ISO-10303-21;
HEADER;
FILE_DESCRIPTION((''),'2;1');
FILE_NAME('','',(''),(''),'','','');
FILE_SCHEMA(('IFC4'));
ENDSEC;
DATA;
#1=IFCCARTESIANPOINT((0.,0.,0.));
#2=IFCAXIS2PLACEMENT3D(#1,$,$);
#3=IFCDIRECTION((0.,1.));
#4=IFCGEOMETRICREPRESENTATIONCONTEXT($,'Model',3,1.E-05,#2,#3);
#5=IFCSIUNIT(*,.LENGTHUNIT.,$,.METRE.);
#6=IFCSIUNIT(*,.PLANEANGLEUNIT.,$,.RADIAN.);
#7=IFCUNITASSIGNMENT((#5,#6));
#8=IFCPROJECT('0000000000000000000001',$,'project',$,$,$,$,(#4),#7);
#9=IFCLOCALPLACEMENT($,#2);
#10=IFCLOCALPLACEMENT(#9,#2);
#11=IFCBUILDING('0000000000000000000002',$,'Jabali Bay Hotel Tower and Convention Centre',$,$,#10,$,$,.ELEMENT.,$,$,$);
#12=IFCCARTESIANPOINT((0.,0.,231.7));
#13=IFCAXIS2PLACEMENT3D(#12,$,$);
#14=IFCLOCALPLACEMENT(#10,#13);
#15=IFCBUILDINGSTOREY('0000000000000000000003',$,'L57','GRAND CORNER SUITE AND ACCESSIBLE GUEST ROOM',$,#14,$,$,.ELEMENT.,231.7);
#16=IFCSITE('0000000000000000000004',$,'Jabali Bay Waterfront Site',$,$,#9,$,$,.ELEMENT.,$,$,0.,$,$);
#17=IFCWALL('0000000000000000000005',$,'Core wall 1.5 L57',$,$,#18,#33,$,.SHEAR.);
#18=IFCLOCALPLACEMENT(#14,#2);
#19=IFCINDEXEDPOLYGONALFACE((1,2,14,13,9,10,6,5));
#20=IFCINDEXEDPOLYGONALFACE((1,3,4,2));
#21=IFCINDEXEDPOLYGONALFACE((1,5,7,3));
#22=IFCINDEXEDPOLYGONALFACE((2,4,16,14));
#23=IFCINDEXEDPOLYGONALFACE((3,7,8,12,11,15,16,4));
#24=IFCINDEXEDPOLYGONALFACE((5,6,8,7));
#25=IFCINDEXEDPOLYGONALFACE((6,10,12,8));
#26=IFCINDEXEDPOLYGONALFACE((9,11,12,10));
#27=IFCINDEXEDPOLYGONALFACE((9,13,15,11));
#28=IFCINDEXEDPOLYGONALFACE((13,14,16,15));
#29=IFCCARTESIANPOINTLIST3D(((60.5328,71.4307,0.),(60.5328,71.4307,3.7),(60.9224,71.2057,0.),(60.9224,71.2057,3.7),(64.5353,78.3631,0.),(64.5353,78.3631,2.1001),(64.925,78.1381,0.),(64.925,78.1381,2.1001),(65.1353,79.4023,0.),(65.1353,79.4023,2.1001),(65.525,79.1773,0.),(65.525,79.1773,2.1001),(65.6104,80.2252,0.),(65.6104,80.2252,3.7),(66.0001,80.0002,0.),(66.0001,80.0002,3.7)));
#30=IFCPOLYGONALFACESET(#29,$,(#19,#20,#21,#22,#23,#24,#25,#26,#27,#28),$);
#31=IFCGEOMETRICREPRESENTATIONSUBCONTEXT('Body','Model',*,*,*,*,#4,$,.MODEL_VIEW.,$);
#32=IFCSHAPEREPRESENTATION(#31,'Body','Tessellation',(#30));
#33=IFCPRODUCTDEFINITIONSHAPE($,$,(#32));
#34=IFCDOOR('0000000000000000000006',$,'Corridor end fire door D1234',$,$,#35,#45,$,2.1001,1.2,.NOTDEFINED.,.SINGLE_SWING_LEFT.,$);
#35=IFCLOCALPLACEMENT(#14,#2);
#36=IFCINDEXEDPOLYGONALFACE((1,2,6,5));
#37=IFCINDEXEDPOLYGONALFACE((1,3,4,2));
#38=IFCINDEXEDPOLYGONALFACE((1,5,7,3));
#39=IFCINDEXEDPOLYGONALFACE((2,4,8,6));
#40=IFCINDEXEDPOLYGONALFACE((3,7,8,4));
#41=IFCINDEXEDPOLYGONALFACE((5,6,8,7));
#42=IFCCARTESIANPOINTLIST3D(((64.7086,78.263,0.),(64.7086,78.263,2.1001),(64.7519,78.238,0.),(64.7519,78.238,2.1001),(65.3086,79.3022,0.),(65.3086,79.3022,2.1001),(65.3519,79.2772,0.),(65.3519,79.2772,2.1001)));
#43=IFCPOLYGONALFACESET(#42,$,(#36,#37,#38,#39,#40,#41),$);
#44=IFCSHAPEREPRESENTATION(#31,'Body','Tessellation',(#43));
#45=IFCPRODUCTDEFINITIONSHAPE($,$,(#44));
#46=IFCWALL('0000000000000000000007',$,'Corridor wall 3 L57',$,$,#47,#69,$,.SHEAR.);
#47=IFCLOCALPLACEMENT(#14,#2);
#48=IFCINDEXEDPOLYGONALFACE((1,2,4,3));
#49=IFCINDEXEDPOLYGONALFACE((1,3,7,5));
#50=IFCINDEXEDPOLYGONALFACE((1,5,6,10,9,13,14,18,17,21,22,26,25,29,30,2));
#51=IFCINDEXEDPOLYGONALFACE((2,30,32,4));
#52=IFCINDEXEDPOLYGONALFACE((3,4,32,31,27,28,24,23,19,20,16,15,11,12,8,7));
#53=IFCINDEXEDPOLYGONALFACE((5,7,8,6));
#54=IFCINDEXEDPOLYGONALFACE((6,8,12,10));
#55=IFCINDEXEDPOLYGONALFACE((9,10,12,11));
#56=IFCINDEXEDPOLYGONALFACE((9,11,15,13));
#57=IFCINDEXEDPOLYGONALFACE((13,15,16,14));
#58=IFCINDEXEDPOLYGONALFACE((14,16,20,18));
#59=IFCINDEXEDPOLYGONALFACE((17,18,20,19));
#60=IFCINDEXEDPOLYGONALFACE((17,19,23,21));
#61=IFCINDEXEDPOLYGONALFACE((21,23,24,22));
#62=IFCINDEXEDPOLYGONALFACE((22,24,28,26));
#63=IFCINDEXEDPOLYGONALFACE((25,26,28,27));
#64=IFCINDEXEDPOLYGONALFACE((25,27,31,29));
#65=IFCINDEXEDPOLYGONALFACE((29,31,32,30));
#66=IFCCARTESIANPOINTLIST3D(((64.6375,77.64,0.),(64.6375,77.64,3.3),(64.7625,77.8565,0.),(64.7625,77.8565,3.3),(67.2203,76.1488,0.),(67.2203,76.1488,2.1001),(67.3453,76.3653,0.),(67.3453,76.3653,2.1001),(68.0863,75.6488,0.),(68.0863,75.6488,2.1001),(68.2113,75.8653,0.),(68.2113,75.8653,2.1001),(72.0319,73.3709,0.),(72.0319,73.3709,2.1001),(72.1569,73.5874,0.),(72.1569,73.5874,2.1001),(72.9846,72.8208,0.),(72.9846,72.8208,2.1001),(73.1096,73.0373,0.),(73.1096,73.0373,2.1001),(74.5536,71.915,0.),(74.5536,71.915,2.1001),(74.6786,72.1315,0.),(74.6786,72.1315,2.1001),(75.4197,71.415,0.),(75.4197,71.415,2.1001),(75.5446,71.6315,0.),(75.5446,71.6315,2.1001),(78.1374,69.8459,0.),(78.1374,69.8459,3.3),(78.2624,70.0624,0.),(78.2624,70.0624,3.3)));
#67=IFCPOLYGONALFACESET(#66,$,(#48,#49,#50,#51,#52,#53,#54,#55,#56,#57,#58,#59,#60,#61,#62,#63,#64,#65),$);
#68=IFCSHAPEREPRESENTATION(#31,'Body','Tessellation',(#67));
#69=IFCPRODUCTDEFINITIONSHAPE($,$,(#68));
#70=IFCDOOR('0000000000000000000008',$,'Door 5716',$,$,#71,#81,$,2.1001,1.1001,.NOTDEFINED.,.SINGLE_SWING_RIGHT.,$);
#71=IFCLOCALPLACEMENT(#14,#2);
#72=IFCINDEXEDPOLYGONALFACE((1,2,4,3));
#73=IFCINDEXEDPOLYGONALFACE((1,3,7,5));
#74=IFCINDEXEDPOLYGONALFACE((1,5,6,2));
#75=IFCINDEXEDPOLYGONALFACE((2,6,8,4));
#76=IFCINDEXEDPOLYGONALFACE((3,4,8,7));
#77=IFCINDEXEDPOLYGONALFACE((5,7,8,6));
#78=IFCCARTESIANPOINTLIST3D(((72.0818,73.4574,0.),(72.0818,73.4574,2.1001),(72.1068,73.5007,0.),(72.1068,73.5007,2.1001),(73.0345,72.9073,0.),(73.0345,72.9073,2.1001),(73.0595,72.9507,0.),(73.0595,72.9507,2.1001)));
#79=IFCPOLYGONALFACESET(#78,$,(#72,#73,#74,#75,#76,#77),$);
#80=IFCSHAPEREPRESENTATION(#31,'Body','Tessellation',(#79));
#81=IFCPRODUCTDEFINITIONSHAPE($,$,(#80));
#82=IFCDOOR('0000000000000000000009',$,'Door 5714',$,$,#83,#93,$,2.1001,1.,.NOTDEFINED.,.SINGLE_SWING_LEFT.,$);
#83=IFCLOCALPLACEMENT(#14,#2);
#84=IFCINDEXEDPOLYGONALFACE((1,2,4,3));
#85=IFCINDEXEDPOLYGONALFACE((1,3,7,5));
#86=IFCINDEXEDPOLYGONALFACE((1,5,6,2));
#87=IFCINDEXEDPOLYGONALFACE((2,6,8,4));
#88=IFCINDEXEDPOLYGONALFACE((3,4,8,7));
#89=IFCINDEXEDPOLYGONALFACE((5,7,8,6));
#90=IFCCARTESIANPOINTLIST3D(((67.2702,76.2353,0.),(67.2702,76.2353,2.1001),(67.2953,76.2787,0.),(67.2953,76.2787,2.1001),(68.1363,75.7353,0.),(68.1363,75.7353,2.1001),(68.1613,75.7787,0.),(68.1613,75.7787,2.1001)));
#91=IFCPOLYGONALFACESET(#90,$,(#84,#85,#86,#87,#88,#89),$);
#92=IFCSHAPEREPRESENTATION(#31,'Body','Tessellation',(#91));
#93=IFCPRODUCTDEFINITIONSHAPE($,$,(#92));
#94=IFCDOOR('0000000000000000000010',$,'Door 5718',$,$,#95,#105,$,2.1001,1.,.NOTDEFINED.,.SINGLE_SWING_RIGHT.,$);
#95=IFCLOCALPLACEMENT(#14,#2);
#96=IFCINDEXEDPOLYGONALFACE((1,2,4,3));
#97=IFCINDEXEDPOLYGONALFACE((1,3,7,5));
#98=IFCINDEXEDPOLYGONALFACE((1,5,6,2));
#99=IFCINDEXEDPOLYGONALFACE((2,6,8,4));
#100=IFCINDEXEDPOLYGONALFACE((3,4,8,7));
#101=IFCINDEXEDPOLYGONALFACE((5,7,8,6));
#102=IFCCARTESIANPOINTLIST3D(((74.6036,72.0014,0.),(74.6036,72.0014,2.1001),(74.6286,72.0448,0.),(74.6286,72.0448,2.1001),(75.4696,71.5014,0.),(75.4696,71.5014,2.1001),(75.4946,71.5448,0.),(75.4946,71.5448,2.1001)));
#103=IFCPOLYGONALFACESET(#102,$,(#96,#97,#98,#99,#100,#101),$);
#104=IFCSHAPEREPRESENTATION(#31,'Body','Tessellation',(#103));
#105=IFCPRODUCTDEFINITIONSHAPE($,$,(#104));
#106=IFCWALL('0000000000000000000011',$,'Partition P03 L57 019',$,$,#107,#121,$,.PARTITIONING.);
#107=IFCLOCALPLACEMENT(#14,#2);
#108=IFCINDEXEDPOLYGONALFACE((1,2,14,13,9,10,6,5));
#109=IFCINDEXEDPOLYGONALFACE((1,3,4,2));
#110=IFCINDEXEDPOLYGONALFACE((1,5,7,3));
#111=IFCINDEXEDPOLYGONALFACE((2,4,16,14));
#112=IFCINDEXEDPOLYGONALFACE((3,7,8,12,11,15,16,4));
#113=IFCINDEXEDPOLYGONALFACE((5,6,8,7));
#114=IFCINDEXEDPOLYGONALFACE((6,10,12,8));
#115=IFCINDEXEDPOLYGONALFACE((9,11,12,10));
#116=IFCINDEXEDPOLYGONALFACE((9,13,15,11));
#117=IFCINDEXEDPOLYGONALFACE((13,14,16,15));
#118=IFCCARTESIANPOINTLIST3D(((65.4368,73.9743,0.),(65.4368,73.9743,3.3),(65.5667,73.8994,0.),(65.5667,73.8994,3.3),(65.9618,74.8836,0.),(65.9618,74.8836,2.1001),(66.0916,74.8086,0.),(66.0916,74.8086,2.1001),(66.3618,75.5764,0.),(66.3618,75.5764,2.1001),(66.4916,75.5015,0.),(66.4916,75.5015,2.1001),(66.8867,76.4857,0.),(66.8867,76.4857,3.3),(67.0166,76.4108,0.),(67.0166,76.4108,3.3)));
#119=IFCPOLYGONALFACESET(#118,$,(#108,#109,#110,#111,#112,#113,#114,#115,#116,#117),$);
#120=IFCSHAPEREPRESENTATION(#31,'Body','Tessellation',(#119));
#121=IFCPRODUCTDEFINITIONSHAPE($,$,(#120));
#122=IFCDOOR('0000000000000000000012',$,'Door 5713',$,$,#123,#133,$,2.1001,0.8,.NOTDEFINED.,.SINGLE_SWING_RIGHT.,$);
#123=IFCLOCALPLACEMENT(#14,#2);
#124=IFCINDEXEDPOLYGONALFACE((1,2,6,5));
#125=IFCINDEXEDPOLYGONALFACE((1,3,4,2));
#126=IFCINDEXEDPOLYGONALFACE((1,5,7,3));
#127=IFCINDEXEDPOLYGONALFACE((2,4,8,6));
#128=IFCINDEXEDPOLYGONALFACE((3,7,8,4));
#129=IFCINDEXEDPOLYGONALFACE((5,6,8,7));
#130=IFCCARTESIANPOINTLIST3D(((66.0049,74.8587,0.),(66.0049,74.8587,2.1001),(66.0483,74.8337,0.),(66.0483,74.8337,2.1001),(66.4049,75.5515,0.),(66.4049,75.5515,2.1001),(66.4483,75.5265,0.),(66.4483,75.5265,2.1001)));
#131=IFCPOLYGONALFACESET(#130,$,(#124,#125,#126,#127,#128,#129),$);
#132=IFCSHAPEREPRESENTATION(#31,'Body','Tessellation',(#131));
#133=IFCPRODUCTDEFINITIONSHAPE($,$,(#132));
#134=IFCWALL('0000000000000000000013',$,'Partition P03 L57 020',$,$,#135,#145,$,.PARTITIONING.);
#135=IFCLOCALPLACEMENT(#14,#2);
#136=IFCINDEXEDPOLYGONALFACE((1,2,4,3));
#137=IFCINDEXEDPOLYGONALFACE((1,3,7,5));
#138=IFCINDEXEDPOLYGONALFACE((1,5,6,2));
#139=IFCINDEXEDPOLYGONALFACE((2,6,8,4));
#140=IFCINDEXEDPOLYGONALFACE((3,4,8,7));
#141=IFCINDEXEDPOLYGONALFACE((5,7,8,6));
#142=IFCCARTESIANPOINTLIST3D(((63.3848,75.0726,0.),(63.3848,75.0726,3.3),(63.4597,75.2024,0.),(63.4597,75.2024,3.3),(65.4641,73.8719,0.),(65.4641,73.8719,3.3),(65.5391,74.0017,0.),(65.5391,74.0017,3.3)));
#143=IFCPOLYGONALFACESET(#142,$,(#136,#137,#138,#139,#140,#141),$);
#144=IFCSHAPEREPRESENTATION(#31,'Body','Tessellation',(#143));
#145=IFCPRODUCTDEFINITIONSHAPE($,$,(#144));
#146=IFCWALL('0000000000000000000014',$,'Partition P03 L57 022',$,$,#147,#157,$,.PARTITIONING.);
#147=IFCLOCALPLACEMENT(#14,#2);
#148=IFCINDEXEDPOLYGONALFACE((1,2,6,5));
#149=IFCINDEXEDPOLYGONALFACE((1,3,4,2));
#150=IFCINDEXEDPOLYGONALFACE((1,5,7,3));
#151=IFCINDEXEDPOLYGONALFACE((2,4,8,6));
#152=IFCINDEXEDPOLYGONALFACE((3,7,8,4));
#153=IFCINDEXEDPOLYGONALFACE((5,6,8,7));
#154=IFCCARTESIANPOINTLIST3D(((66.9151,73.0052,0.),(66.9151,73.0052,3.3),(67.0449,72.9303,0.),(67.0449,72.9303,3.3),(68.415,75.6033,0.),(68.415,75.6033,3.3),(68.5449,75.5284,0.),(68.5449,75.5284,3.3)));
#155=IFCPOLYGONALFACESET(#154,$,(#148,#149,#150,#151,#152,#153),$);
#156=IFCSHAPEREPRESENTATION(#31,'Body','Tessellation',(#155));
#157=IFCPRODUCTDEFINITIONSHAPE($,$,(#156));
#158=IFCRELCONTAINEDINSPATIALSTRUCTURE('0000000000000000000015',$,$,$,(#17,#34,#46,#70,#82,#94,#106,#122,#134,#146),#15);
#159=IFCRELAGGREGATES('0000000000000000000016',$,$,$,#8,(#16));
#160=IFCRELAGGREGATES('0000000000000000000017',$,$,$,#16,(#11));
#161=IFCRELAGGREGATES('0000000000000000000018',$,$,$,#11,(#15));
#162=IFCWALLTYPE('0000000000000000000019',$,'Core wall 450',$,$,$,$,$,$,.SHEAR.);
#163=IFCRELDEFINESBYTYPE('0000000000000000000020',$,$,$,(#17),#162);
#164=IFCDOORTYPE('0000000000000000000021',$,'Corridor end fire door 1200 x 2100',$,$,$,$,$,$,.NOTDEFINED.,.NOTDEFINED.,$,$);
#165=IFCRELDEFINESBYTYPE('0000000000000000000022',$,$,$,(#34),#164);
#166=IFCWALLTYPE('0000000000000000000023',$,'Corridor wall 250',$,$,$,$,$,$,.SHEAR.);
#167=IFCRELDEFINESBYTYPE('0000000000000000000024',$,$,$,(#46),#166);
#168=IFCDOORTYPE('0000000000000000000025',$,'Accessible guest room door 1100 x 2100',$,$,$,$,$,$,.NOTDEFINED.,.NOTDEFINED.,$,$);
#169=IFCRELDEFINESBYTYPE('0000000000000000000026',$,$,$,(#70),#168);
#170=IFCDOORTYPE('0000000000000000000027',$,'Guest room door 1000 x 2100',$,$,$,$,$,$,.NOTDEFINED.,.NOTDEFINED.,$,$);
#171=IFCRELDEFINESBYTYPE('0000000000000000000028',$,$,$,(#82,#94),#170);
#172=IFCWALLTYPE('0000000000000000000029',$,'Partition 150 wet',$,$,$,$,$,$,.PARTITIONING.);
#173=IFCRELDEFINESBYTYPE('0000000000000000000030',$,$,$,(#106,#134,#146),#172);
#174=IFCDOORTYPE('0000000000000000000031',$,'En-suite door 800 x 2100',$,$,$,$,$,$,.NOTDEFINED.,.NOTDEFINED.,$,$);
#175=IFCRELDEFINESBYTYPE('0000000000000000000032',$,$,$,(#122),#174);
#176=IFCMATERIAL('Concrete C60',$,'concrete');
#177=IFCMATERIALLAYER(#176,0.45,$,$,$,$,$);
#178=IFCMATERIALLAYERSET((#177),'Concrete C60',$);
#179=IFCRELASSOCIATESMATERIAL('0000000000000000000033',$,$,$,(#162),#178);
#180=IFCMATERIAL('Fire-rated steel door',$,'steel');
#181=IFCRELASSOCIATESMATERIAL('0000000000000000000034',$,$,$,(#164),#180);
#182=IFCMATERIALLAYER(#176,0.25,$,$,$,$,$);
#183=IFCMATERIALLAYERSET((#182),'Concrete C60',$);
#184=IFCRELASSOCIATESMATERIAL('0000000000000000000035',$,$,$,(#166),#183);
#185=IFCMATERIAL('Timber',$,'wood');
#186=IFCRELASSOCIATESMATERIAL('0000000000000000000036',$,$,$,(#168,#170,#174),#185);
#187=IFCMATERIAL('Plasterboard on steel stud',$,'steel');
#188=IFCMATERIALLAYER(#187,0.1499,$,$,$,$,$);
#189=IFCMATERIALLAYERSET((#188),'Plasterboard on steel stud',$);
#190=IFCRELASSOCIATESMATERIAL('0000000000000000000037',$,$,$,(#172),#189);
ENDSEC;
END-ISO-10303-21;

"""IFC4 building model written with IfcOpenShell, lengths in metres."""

from ifc_helpers import new_model, si_unit, direction, frame, frame_2d, origin, place, context, subcontext, project, spatial, rectangle, extrude, material, layer, layer_set, type_object, element, fill, save


model = new_model("IFC4")

# Units and contexts
model_context = context("Model", 3, precision=1e-05, world=origin(), true_north=direction((0.0, 1.0)))
body_context = subcontext(model_context, "Body", "Model", "MODEL_VIEW")
ifc_project = project(units=[si_unit("LENGTHUNIT", "METRE"), si_unit("PLANEANGLEUNIT", "RADIAN")], contexts=[model_context])

# Site, building, storey
site_placement = place(None, origin())
site = spatial("IfcSite", under=ifc_project, at=site_placement, Name="Jabali Bay Waterfront Site", CompositionType="ELEMENT", RefElevation=0.0)
building_placement = place(site_placement, origin())
building = spatial("IfcBuilding", under=site, at=building_placement, Name="Jabali Bay Hotel Tower and Convention Centre", CompositionType="ELEMENT")
storey_placement = place(building_placement, frame((0.0, 0.0, 231.7)))
storey = spatial("IfcBuildingStorey", under=building, at=storey_placement, Name="L57", Description="GRAND CORNER SUITE AND ACCESSIBLE GUEST ROOM", CompositionType="ELEMENT", Elevation=231.7)

# Shared definitions
ifc_material_1 = material(Name="Concrete C60", Category="concrete")

# Shared definitions
ifc_material_2 = material(Name="Fire-rated steel door", Category="steel")

# Wall, opening, door
ifc_layer_1 = layer(ifc_material_1, 0.45)
ifc_layer_set_1 = layer_set([ifc_layer_1], Name="Concrete C60")
wall_type_1 = type_object("IfcWallType", Name="Core wall 450", PredefinedType="SHEAR", material=ifc_layer_set_1)
wall_1_placement = place(storey_placement, frame((60.7275, 71.3181, 0.0), z_axis=(0.0, 0.0, 1.0), x_axis=(0.500012, 0.866018, 0.0)))
wall_1 = element("IfcWall", 1, at=wall_1_placement, inside=storey, type_object=wall_type_1, Name="Core wall 1.5 L57", PredefinedType="SHEAR", context=body_context, shape_type="SweptSolid", body=[
    extrude(rectangle(XDim=10.155, YDim=0.45, at=frame_2d((5.0776, 0.0))), origin(), (0.0, 0.0, 1.0), 3.7),
])
opening_1_placement = place(wall_1_placement, frame((8.0049, 0.0, 0.0)))
opening_1 = element("IfcOpeningElement", 2, at=opening_1_placement, cuts=wall_1, PredefinedType="OPENING", context=body_context, shape_type="SweptSolid", body=[
    extrude(rectangle(XDim=1.2, YDim=2.1001, at=frame_2d((0.6001, 1.05))), frame((0.0, 0.2354, 0.0), z_axis=(0.0, -1.0, 0.0), x_axis=(1.0, 0.0, 0.0)), (0.0, 0.0, 1.0), 0.4709),
])
door_type_1 = type_object("IfcDoorType", Name="Corridor end fire door 1200 x 2100", OperationType="NOTDEFINED", PredefinedType="NOTDEFINED", material=ifc_material_2)
door_1_placement = place(opening_1_placement, origin())
door_1 = element("IfcDoor", 3, at=door_1_placement, inside=storey, type_object=door_type_1, Name="Corridor end fire door D1234", OperationType="SINGLE_SWING_LEFT", OverallHeight=2.1001, OverallWidth=1.2, PredefinedType="NOTDEFINED", context=body_context, shape_type="SweptSolid", body=[
    extrude(rectangle(XDim=1.2, YDim=2.1001, at=frame_2d((0.6001, 1.05))), frame((0.0, 0.0249, 0.0), z_axis=(0.0, -1.0, 0.0), x_axis=(1.0, 0.0, 0.0)), (0.0, 0.0, 1.0), 0.05),
])
fill(opening_1, door_1)

# Wall, openings, doors
ifc_layer_2 = layer(ifc_material_1, 0.25)
ifc_layer_set_2 = layer_set([ifc_layer_2], Name="Concrete C60")
wall_type_2 = type_object("IfcWallType", Name="Corridor wall 250", PredefinedType="SHEAR", material=ifc_layer_set_2)
wall_2_placement = place(storey_placement, frame((64.7, 77.7483, 0.0), z_axis=(0.0, 0.0, 1.0), x_axis=(0.866026, -0.499998, 0.0)))
wall_2 = element("IfcWall", 4, at=wall_2_placement, inside=storey, type_object=wall_type_2, Name="Corridor wall 3 L57", PredefinedType="SHEAR", context=body_context, shape_type="SweptSolid", body=[
    extrude(rectangle(XDim=15.5884, YDim=0.25, at=frame_2d((7.7942, 0.0))), origin(), (0.0, 0.0, 1.0), 3.3),
])
opening_2_placement = place(wall_2_placement, frame((2.9824, 0.0, 0.0)))
opening_2 = element("IfcOpeningElement", 5, at=opening_2_placement, cuts=wall_2, PredefinedType="OPENING", context=body_context, shape_type="SweptSolid", body=[
    extrude(rectangle(XDim=1.0, YDim=2.1001, at=frame_2d((0.5, 1.05))), frame((0.0, 0.1355, 0.0), z_axis=(0.0, -1.0, 0.0), x_axis=(1.0, 0.0, 0.0)), (0.0, 0.0, 1.0), 0.271),
])
opening_3_placement = place(wall_2_placement, frame((8.5383, 0.0, 0.0)))
opening_3 = element("IfcOpeningElement", 6, at=opening_3_placement, cuts=wall_2, PredefinedType="OPENING", context=body_context, shape_type="SweptSolid", body=[
    extrude(rectangle(XDim=1.1001, YDim=2.1001, at=frame_2d((0.55, 1.05))), frame((0.0, 0.1355, 0.0), z_axis=(0.0, -1.0, 0.0), x_axis=(1.0, 0.0, 0.0)), (0.0, 0.0, 1.0), 0.271),
])
opening_4_placement = place(wall_2_placement, frame((11.4502, 0.0, 0.0)))
opening_4 = element("IfcOpeningElement", 7, at=opening_4_placement, cuts=wall_2, PredefinedType="OPENING", context=body_context, shape_type="SweptSolid", body=[
    extrude(rectangle(XDim=1.0, YDim=2.1001, at=frame_2d((0.5, 1.05))), frame((0.0, 0.1355, 0.0), z_axis=(0.0, -1.0, 0.0), x_axis=(1.0, 0.0, 0.0)), (0.0, 0.0, 1.0), 0.271),
])
ifc_material_3 = material(Name="Timber", Category="wood")
door_type_2 = type_object("IfcDoorType", Name="Accessible guest room door 1100 x 2100", OperationType="NOTDEFINED", PredefinedType="NOTDEFINED", material=ifc_material_3)
door_2_placement = place(opening_3_placement, origin())
door_2 = element("IfcDoor", 8, at=door_2_placement, inside=storey, type_object=door_type_2, Name="Door 5716", OperationType="SINGLE_SWING_RIGHT", OverallHeight=2.1001, OverallWidth=1.1001, PredefinedType="NOTDEFINED", context=body_context, shape_type="SweptSolid", body=[
    extrude(rectangle(XDim=1.1001, YDim=2.1001, at=frame_2d((0.55, 1.05))), frame((0.0, 0.0249, 0.0), z_axis=(0.0, -1.0, 0.0), x_axis=(1.0, 0.0, 0.0)), (0.0, 0.0, 1.0), 0.05),
])
fill(opening_3, door_2)
door_type_3 = type_object("IfcDoorType", Name="Guest room door 1000 x 2100", OperationType="NOTDEFINED", PredefinedType="NOTDEFINED", material=ifc_material_3)
door_3_placement = place(opening_2_placement, origin())
door_3 = element("IfcDoor", 9, at=door_3_placement, inside=storey, type_object=door_type_3, Name="Door 5714", OperationType="SINGLE_SWING_LEFT", OverallHeight=2.1001, OverallWidth=1.0, PredefinedType="NOTDEFINED", context=body_context, shape_type="SweptSolid", body=[
    extrude(rectangle(XDim=1.0, YDim=2.1001, at=frame_2d((0.5, 1.05))), frame((0.0, 0.0249, 0.0), z_axis=(0.0, -1.0, 0.0), x_axis=(1.0, 0.0, 0.0)), (0.0, 0.0, 1.0), 0.05),
])
fill(opening_2, door_3)
door_4_placement = place(opening_4_placement, origin())
door_4 = element("IfcDoor", 10, at=door_4_placement, inside=storey, type_object=door_type_3, Name="Door 5718", OperationType="SINGLE_SWING_RIGHT", OverallHeight=2.1001, OverallWidth=1.0, PredefinedType="NOTDEFINED", context=body_context, shape_type="SweptSolid", body=[
    extrude(rectangle(XDim=1.0, YDim=2.1001, at=frame_2d((0.5, 1.05))), frame((0.0, 0.0249, 0.0), z_axis=(0.0, -1.0, 0.0), x_axis=(1.0, 0.0, 0.0)), (0.0, 0.0, 1.0), 0.05),
])
fill(opening_4, door_4)

# Wall, opening, door
ifc_material_4 = material(Name="Plasterboard on steel stud", Category="steel")
ifc_layer_3 = layer(ifc_material_4, 0.1499)
ifc_layer_set_3 = layer_set([ifc_layer_3], Name="Plasterboard on steel stud")
wall_type_3 = type_object("IfcWallType", Name="Partition 150 wet", PredefinedType="PARTITIONING", material=ifc_layer_set_3)
wall_3_placement = place(storey_placement, frame((66.9517, 76.4482, 0.0), z_axis=(0.0, 0.0, 1.0), x_axis=(-0.499987, -0.866033, 0.0)))
wall_3 = element("IfcWall", 11, at=wall_3_placement, inside=storey, type_object=wall_type_3, Name="Partition P03 L57 019", PredefinedType="PARTITIONING", context=body_context, shape_type="SweptSolid", body=[
    extrude(rectangle(XDim=2.8999, YDim=0.1499, at=frame_2d((1.45, 0.0))), origin(), (0.0, 0.0, 1.0), 3.3),
])
opening_5_placement = place(wall_3_placement, frame((1.05, 0.0, 0.0)))
opening_5 = element("IfcOpeningElement", 12, at=opening_5_placement, cuts=wall_3, PredefinedType="OPENING", context=body_context, shape_type="SweptSolid", body=[
    extrude(rectangle(XDim=0.8, YDim=2.1001, at=frame_2d((0.3999, 1.05))), frame((0.0, 0.0854, 0.0), z_axis=(0.0, -1.0, 0.0), x_axis=(1.0, 0.0, 0.0)), (0.0, 0.0, 1.0), 0.1709),
])
door_type_4 = type_object("IfcDoorType", Name="En-suite door 800 x 2100", OperationType="NOTDEFINED", PredefinedType="NOTDEFINED", material=ifc_material_3)
door_5_placement = place(opening_5_placement, origin())
door_5 = element("IfcDoor", 13, at=door_5_placement, inside=storey, type_object=door_type_4, Name="Door 5713", OperationType="SINGLE_SWING_RIGHT", OverallHeight=2.1001, OverallWidth=0.8, PredefinedType="NOTDEFINED", context=body_context, shape_type="SweptSolid", body=[
    extrude(rectangle(XDim=0.8, YDim=2.1001, at=frame_2d((0.3999, 1.05))), frame((0.0, 0.0249, 0.0), z_axis=(0.0, -1.0, 0.0), x_axis=(1.0, 0.0, 0.0)), (0.0, 0.0, 1.0), 0.05),
])
fill(opening_5, door_5)

# Walls
wall_4_placement = place(storey_placement, frame((65.5017, 73.9368, 0.0), z_axis=(0.0, 0.0, 1.0), x_axis=(-0.865994, 0.500054, 0.0)))
element("IfcWall", 14, at=wall_4_placement, inside=storey, type_object=wall_type_3, Name="Partition P03 L57 020", PredefinedType="PARTITIONING", context=body_context, shape_type="SweptSolid", body=[
    extrude(rectangle(XDim=2.4011, YDim=0.1499, at=frame_2d((1.2007, 0.0))), origin(), (0.0, 0.0, 1.0), 3.3),
])
wall_5_placement = place(storey_placement, frame((66.98, 72.9678, 0.0), z_axis=(0.0, 0.0, 1.0), x_axis=(0.49999, 0.866031, 0.0)))
element("IfcWall", 15, at=wall_5_placement, inside=storey, type_object=wall_type_3, Name="Partition P03 L57 022", PredefinedType="PARTITIONING", context=body_context, shape_type="SweptSolid", body=[
    extrude(rectangle(XDim=3.0, YDim=0.1499, at=frame_2d((1.5, 0.0))), origin(), (0.0, 0.0, 1.0), 3.3),
])

save(model, "model.ifc")
